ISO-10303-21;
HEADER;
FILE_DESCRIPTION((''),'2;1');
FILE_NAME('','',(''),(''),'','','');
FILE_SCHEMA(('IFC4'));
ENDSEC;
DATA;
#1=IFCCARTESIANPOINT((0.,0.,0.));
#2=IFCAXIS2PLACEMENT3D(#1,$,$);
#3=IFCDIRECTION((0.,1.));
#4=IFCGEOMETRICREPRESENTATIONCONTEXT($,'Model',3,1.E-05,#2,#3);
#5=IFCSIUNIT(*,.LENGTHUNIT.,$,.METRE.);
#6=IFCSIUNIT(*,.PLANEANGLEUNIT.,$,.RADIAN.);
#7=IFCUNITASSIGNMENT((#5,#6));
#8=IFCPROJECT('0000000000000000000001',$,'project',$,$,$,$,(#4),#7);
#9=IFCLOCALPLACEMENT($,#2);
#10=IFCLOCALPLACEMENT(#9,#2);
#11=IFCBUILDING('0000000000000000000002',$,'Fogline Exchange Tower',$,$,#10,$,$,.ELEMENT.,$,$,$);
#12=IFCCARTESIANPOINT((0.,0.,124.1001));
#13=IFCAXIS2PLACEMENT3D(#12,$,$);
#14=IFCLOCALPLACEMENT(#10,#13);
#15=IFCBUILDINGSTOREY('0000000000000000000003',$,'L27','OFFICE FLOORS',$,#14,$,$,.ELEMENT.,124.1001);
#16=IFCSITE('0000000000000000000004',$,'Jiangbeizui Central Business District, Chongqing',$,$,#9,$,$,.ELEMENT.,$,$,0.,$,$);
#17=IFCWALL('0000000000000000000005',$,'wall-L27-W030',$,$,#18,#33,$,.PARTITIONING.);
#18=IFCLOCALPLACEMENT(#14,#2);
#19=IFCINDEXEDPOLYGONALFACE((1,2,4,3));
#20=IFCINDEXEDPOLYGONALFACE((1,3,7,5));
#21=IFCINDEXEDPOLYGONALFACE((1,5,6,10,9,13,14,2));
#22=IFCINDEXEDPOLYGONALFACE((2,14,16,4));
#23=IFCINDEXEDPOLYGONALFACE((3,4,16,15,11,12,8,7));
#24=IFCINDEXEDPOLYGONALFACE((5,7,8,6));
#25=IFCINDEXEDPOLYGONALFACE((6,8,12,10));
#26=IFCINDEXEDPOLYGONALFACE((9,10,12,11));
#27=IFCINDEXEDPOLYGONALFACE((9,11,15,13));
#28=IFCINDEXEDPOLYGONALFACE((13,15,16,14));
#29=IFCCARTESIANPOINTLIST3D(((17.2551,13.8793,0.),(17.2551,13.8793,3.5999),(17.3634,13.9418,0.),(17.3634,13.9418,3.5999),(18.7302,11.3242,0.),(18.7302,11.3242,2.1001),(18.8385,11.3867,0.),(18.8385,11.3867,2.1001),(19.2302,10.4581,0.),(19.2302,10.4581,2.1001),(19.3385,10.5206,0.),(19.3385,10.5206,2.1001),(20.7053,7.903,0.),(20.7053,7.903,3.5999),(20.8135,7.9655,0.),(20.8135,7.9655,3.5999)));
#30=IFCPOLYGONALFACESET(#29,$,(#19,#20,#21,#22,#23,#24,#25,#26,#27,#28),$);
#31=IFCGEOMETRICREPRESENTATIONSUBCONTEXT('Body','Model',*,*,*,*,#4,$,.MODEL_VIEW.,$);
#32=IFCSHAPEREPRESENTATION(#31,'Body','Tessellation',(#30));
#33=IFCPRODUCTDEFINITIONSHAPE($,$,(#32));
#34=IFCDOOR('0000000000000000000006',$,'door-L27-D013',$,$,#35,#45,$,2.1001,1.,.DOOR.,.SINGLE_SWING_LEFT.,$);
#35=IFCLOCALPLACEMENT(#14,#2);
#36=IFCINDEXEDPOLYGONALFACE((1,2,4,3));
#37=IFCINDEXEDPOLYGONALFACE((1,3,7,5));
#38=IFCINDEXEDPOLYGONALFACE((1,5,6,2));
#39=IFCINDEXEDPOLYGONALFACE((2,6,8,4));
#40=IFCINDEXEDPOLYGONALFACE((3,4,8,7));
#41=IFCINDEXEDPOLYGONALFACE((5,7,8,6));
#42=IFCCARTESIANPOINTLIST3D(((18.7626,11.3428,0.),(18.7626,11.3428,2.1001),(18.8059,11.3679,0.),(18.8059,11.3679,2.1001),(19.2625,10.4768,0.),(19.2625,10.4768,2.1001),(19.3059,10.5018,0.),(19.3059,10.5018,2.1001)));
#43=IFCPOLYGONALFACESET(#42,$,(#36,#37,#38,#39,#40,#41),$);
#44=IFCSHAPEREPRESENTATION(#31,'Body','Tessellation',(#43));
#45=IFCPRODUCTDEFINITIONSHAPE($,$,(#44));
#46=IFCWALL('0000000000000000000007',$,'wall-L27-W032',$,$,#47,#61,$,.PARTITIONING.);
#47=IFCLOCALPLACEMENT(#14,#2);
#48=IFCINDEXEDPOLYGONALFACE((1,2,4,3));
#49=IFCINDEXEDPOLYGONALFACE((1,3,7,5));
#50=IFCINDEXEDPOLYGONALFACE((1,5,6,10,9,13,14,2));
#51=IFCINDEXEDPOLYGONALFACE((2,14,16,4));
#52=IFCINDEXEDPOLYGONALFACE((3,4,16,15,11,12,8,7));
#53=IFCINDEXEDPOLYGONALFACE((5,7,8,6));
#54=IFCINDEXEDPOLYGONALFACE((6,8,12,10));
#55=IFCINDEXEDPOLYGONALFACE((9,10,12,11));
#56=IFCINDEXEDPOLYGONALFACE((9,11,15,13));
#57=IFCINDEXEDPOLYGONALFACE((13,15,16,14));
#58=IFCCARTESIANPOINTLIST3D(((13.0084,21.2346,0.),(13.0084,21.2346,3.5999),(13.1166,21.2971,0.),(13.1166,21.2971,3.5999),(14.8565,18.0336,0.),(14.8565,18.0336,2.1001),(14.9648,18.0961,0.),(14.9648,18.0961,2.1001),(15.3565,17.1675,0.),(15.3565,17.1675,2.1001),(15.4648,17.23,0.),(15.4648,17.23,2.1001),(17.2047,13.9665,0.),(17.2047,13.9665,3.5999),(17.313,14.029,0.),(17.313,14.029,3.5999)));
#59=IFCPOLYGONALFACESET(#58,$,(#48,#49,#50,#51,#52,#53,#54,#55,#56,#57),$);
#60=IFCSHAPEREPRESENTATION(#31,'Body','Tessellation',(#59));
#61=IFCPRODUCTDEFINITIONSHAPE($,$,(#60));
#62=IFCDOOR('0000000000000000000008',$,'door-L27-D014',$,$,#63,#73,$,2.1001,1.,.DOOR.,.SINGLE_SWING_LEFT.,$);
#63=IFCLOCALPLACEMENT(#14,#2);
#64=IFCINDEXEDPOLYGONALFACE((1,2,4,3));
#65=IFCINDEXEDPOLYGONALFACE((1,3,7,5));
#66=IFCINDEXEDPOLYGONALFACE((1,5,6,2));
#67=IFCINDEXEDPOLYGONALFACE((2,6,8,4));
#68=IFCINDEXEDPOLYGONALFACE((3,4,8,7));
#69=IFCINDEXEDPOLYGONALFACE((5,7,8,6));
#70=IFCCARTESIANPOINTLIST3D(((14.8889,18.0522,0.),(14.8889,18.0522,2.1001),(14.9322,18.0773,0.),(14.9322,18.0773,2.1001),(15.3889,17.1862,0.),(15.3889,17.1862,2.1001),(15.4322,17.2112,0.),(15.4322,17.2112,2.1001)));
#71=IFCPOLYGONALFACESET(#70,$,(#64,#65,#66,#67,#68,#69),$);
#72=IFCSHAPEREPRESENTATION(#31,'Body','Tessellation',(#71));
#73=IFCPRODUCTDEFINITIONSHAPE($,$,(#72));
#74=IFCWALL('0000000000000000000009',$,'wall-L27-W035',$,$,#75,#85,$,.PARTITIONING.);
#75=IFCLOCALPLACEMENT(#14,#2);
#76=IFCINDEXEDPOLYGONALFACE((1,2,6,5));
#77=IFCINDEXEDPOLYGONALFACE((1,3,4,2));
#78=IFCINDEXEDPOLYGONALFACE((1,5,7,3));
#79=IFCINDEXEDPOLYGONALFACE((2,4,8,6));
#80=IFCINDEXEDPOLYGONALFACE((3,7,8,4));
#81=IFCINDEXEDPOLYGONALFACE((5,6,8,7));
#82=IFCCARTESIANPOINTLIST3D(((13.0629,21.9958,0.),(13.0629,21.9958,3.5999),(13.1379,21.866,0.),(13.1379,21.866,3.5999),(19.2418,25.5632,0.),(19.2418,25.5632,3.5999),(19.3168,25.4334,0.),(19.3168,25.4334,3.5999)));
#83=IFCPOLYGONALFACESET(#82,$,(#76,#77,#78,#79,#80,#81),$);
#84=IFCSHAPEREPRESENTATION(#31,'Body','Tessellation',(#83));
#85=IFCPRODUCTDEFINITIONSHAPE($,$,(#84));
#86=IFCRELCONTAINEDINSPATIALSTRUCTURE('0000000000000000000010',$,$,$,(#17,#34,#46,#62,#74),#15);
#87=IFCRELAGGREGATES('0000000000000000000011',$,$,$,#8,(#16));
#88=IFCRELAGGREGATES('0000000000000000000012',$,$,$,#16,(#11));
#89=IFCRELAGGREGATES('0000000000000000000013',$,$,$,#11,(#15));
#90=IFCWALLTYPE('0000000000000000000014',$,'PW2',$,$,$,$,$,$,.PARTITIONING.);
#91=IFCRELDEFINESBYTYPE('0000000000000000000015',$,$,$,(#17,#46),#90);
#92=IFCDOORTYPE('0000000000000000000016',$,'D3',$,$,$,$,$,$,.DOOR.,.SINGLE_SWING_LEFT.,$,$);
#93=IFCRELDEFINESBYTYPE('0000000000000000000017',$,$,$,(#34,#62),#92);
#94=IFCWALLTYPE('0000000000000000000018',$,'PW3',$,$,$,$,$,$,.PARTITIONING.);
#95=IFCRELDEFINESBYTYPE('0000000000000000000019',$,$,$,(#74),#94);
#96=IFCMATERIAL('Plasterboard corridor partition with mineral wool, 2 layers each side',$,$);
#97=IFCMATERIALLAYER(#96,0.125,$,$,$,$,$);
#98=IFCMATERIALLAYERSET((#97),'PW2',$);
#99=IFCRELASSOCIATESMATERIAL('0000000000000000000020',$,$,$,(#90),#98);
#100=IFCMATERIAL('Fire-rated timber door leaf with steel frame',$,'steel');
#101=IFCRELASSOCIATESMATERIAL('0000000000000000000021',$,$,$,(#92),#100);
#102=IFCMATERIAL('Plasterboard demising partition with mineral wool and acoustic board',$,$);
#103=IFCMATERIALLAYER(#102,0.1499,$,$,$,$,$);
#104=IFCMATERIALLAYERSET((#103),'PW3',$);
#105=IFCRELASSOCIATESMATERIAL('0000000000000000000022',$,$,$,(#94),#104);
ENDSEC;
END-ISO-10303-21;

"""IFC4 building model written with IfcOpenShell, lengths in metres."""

from ifc_helpers import new_model, si_unit, direction, frame, frame_2d, origin, place, context, subcontext, project, spatial, rectangle, extrude, material, layer, layer_set, type_object, element, fill, save


model = new_model("IFC4")

# Units and contexts
model_context = context("Model", 3, precision=1e-05, world=origin(), true_north=direction((0.0, 1.0)))
body_context = subcontext(model_context, "Body", "Model", "MODEL_VIEW")
ifc_project = project(units=[si_unit("LENGTHUNIT", "METRE"), si_unit("PLANEANGLEUNIT", "RADIAN")], contexts=[model_context])

# Site, building, storey
site_placement = place(None, origin())
site = spatial("IfcSite", under=ifc_project, at=site_placement, Name="Jiangbeizui Central Business District, Chongqing", CompositionType="ELEMENT", RefElevation=0.0)
building_placement = place(site_placement, origin())
building = spatial("IfcBuilding", under=site, at=building_placement, Name="Fogline Exchange Tower", CompositionType="ELEMENT")
storey_placement = place(building_placement, frame((0.0, 0.0, 124.1001)))
storey = spatial("IfcBuildingStorey", under=building, at=storey_placement, Name="L27", Description="OFFICE FLOORS", CompositionType="ELEMENT", Elevation=124.1001)

# Shared definitions
ifc_material_1 = material(Name="Plasterboard corridor partition with mineral wool, 2 layers each side")
ifc_layer_1 = layer(ifc_material_1, 0.125)
ifc_layer_set_1 = layer_set([ifc_layer_1], Name="PW2")
wall_type_1 = type_object("IfcWallType", Name="PW2", PredefinedType="PARTITIONING", material=ifc_layer_set_1)

# Walls, openings, doors
wall_1_placement = place(storey_placement, frame((17.3093, 13.9104, 0.0), z_axis=(0.0, 0.0, 1.0), x_axis=(0.499975, -0.86604, 0.0)))
wall_1 = element("IfcWall", 1, at=wall_1_placement, inside=storey, type_object=wall_type_1, Name="wall-L27-W030", PredefinedType="PARTITIONING", context=body_context, shape_type="SweptSolid", body=[
    extrude(rectangle(XDim=6.9006, YDim=0.125, at=frame_2d((3.4502, 0.0))), origin(), (0.0, 0.0, 1.0), 3.5999),
])
opening_1_placement = place(wall_1_placement, frame((2.9502, 0.0, 0.0)))
opening_1 = element("IfcOpeningElement", 2, at=opening_1_placement, cuts=wall_1, PredefinedType="OPENING", context=body_context, shape_type="SweptSolid", body=[
    extrude(rectangle(XDim=1.0, YDim=2.1001, at=frame_2d((0.5, 1.05))), frame((0.0, 0.0725, 0.0), z_axis=(0.0, -1.0, 0.0), x_axis=(1.0, 0.0, 0.0)), (0.0, 0.0, 1.0), 0.145),
])
ifc_material_2 = material(Name="Fire-rated timber door leaf with steel frame", Category="steel")
door_type = type_object("IfcDoorType", Name="D3", OperationType="SINGLE_SWING_LEFT", PredefinedType="DOOR", material=ifc_material_2)
door_1_placement = place(opening_1_placement, origin())
door_1 = element("IfcDoor", 3, at=door_1_placement, inside=storey, type_object=door_type, Name="door-L27-D013", OperationType="SINGLE_SWING_LEFT", OverallHeight=2.1001, OverallWidth=1.0, PredefinedType="DOOR", context=body_context, shape_type="SweptSolid", body=[
    extrude(rectangle(XDim=1.0, YDim=2.1001, at=frame_2d((0.5, 1.05))), frame((0.0, 0.0249, 0.0), z_axis=(0.0, -1.0, 0.0), x_axis=(1.0, 0.0, 0.0)), (0.0, 0.0, 1.0), 0.05),
])
fill(opening_1, door_1)
wall_2_placement = place(storey_placement, frame((13.0625, 21.2659, 0.0), z_axis=(0.0, 0.0, 1.0), x_axis=(0.500006, -0.866022, 0.0)))
wall_2 = element("IfcWall", 4, at=wall_2_placement, inside=storey, type_object=wall_type_1, Name="wall-L27-W032", PredefinedType="PARTITIONING", context=body_context, shape_type="SweptSolid", body=[
    extrude(rectangle(XDim=8.3926, YDim=0.125, at=frame_2d((4.1963, 0.0))), origin(), (0.0, 0.0, 1.0), 3.5999),
])
opening_2_placement = place(wall_2_placement, frame((3.6963, 0.0, 0.0)))
opening_2 = element("IfcOpeningElement", 5, at=opening_2_placement, cuts=wall_2, PredefinedType="OPENING", context=body_context, shape_type="SweptSolid", body=[
    extrude(rectangle(XDim=1.0, YDim=2.1001, at=frame_2d((0.5, 1.05))), frame((0.0, 0.0725, 0.0), z_axis=(0.0, -1.0, 0.0), x_axis=(1.0, 0.0, 0.0)), (0.0, 0.0, 1.0), 0.145),
])
door_2_placement = place(opening_2_placement, origin())
door_2 = element("IfcDoor", 6, at=door_2_placement, inside=storey, type_object=door_type, Name="door-L27-D014", OperationType="SINGLE_SWING_LEFT", OverallHeight=2.1001, OverallWidth=1.0, PredefinedType="DOOR", context=body_context, shape_type="SweptSolid", body=[
    extrude(rectangle(XDim=1.0, YDim=2.1001, at=frame_2d((0.5, 1.05))), frame((0.0, 0.0249, 0.0), z_axis=(0.0, -1.0, 0.0), x_axis=(1.0, 0.0, 0.0)), (0.0, 0.0, 1.0), 0.05),
])
fill(opening_2, door_2)

# Wall
ifc_material_3 = material(Name="Plasterboard demising partition with mineral wool and acoustic board")
ifc_layer_2 = layer(ifc_material_3, 0.1499)
ifc_layer_set_2 = layer_set([ifc_layer_2], Name="PW3")
wall_type_2 = type_object("IfcWallType", Name="PW3", PredefinedType="PARTITIONING", material=ifc_layer_set_2)
wall_3_placement = place(storey_placement, frame((19.2793, 25.4983, 0.0), z_axis=(0.0, 0.0, 1.0), x_axis=(-0.866028, -0.499996, 0.0)))
element("IfcWall", 7, at=wall_3_placement, inside=storey, type_object=wall_type_2, Name="wall-L27-W035", PredefinedType="PARTITIONING", context=body_context, shape_type="SweptSolid", body=[
    extrude(rectangle(XDim=7.1348, YDim=0.1499, at=frame_2d((3.5674, 0.0))), origin(), (0.0, 0.0, 1.0), 3.5999),
])

save(model, "model.ifc")
